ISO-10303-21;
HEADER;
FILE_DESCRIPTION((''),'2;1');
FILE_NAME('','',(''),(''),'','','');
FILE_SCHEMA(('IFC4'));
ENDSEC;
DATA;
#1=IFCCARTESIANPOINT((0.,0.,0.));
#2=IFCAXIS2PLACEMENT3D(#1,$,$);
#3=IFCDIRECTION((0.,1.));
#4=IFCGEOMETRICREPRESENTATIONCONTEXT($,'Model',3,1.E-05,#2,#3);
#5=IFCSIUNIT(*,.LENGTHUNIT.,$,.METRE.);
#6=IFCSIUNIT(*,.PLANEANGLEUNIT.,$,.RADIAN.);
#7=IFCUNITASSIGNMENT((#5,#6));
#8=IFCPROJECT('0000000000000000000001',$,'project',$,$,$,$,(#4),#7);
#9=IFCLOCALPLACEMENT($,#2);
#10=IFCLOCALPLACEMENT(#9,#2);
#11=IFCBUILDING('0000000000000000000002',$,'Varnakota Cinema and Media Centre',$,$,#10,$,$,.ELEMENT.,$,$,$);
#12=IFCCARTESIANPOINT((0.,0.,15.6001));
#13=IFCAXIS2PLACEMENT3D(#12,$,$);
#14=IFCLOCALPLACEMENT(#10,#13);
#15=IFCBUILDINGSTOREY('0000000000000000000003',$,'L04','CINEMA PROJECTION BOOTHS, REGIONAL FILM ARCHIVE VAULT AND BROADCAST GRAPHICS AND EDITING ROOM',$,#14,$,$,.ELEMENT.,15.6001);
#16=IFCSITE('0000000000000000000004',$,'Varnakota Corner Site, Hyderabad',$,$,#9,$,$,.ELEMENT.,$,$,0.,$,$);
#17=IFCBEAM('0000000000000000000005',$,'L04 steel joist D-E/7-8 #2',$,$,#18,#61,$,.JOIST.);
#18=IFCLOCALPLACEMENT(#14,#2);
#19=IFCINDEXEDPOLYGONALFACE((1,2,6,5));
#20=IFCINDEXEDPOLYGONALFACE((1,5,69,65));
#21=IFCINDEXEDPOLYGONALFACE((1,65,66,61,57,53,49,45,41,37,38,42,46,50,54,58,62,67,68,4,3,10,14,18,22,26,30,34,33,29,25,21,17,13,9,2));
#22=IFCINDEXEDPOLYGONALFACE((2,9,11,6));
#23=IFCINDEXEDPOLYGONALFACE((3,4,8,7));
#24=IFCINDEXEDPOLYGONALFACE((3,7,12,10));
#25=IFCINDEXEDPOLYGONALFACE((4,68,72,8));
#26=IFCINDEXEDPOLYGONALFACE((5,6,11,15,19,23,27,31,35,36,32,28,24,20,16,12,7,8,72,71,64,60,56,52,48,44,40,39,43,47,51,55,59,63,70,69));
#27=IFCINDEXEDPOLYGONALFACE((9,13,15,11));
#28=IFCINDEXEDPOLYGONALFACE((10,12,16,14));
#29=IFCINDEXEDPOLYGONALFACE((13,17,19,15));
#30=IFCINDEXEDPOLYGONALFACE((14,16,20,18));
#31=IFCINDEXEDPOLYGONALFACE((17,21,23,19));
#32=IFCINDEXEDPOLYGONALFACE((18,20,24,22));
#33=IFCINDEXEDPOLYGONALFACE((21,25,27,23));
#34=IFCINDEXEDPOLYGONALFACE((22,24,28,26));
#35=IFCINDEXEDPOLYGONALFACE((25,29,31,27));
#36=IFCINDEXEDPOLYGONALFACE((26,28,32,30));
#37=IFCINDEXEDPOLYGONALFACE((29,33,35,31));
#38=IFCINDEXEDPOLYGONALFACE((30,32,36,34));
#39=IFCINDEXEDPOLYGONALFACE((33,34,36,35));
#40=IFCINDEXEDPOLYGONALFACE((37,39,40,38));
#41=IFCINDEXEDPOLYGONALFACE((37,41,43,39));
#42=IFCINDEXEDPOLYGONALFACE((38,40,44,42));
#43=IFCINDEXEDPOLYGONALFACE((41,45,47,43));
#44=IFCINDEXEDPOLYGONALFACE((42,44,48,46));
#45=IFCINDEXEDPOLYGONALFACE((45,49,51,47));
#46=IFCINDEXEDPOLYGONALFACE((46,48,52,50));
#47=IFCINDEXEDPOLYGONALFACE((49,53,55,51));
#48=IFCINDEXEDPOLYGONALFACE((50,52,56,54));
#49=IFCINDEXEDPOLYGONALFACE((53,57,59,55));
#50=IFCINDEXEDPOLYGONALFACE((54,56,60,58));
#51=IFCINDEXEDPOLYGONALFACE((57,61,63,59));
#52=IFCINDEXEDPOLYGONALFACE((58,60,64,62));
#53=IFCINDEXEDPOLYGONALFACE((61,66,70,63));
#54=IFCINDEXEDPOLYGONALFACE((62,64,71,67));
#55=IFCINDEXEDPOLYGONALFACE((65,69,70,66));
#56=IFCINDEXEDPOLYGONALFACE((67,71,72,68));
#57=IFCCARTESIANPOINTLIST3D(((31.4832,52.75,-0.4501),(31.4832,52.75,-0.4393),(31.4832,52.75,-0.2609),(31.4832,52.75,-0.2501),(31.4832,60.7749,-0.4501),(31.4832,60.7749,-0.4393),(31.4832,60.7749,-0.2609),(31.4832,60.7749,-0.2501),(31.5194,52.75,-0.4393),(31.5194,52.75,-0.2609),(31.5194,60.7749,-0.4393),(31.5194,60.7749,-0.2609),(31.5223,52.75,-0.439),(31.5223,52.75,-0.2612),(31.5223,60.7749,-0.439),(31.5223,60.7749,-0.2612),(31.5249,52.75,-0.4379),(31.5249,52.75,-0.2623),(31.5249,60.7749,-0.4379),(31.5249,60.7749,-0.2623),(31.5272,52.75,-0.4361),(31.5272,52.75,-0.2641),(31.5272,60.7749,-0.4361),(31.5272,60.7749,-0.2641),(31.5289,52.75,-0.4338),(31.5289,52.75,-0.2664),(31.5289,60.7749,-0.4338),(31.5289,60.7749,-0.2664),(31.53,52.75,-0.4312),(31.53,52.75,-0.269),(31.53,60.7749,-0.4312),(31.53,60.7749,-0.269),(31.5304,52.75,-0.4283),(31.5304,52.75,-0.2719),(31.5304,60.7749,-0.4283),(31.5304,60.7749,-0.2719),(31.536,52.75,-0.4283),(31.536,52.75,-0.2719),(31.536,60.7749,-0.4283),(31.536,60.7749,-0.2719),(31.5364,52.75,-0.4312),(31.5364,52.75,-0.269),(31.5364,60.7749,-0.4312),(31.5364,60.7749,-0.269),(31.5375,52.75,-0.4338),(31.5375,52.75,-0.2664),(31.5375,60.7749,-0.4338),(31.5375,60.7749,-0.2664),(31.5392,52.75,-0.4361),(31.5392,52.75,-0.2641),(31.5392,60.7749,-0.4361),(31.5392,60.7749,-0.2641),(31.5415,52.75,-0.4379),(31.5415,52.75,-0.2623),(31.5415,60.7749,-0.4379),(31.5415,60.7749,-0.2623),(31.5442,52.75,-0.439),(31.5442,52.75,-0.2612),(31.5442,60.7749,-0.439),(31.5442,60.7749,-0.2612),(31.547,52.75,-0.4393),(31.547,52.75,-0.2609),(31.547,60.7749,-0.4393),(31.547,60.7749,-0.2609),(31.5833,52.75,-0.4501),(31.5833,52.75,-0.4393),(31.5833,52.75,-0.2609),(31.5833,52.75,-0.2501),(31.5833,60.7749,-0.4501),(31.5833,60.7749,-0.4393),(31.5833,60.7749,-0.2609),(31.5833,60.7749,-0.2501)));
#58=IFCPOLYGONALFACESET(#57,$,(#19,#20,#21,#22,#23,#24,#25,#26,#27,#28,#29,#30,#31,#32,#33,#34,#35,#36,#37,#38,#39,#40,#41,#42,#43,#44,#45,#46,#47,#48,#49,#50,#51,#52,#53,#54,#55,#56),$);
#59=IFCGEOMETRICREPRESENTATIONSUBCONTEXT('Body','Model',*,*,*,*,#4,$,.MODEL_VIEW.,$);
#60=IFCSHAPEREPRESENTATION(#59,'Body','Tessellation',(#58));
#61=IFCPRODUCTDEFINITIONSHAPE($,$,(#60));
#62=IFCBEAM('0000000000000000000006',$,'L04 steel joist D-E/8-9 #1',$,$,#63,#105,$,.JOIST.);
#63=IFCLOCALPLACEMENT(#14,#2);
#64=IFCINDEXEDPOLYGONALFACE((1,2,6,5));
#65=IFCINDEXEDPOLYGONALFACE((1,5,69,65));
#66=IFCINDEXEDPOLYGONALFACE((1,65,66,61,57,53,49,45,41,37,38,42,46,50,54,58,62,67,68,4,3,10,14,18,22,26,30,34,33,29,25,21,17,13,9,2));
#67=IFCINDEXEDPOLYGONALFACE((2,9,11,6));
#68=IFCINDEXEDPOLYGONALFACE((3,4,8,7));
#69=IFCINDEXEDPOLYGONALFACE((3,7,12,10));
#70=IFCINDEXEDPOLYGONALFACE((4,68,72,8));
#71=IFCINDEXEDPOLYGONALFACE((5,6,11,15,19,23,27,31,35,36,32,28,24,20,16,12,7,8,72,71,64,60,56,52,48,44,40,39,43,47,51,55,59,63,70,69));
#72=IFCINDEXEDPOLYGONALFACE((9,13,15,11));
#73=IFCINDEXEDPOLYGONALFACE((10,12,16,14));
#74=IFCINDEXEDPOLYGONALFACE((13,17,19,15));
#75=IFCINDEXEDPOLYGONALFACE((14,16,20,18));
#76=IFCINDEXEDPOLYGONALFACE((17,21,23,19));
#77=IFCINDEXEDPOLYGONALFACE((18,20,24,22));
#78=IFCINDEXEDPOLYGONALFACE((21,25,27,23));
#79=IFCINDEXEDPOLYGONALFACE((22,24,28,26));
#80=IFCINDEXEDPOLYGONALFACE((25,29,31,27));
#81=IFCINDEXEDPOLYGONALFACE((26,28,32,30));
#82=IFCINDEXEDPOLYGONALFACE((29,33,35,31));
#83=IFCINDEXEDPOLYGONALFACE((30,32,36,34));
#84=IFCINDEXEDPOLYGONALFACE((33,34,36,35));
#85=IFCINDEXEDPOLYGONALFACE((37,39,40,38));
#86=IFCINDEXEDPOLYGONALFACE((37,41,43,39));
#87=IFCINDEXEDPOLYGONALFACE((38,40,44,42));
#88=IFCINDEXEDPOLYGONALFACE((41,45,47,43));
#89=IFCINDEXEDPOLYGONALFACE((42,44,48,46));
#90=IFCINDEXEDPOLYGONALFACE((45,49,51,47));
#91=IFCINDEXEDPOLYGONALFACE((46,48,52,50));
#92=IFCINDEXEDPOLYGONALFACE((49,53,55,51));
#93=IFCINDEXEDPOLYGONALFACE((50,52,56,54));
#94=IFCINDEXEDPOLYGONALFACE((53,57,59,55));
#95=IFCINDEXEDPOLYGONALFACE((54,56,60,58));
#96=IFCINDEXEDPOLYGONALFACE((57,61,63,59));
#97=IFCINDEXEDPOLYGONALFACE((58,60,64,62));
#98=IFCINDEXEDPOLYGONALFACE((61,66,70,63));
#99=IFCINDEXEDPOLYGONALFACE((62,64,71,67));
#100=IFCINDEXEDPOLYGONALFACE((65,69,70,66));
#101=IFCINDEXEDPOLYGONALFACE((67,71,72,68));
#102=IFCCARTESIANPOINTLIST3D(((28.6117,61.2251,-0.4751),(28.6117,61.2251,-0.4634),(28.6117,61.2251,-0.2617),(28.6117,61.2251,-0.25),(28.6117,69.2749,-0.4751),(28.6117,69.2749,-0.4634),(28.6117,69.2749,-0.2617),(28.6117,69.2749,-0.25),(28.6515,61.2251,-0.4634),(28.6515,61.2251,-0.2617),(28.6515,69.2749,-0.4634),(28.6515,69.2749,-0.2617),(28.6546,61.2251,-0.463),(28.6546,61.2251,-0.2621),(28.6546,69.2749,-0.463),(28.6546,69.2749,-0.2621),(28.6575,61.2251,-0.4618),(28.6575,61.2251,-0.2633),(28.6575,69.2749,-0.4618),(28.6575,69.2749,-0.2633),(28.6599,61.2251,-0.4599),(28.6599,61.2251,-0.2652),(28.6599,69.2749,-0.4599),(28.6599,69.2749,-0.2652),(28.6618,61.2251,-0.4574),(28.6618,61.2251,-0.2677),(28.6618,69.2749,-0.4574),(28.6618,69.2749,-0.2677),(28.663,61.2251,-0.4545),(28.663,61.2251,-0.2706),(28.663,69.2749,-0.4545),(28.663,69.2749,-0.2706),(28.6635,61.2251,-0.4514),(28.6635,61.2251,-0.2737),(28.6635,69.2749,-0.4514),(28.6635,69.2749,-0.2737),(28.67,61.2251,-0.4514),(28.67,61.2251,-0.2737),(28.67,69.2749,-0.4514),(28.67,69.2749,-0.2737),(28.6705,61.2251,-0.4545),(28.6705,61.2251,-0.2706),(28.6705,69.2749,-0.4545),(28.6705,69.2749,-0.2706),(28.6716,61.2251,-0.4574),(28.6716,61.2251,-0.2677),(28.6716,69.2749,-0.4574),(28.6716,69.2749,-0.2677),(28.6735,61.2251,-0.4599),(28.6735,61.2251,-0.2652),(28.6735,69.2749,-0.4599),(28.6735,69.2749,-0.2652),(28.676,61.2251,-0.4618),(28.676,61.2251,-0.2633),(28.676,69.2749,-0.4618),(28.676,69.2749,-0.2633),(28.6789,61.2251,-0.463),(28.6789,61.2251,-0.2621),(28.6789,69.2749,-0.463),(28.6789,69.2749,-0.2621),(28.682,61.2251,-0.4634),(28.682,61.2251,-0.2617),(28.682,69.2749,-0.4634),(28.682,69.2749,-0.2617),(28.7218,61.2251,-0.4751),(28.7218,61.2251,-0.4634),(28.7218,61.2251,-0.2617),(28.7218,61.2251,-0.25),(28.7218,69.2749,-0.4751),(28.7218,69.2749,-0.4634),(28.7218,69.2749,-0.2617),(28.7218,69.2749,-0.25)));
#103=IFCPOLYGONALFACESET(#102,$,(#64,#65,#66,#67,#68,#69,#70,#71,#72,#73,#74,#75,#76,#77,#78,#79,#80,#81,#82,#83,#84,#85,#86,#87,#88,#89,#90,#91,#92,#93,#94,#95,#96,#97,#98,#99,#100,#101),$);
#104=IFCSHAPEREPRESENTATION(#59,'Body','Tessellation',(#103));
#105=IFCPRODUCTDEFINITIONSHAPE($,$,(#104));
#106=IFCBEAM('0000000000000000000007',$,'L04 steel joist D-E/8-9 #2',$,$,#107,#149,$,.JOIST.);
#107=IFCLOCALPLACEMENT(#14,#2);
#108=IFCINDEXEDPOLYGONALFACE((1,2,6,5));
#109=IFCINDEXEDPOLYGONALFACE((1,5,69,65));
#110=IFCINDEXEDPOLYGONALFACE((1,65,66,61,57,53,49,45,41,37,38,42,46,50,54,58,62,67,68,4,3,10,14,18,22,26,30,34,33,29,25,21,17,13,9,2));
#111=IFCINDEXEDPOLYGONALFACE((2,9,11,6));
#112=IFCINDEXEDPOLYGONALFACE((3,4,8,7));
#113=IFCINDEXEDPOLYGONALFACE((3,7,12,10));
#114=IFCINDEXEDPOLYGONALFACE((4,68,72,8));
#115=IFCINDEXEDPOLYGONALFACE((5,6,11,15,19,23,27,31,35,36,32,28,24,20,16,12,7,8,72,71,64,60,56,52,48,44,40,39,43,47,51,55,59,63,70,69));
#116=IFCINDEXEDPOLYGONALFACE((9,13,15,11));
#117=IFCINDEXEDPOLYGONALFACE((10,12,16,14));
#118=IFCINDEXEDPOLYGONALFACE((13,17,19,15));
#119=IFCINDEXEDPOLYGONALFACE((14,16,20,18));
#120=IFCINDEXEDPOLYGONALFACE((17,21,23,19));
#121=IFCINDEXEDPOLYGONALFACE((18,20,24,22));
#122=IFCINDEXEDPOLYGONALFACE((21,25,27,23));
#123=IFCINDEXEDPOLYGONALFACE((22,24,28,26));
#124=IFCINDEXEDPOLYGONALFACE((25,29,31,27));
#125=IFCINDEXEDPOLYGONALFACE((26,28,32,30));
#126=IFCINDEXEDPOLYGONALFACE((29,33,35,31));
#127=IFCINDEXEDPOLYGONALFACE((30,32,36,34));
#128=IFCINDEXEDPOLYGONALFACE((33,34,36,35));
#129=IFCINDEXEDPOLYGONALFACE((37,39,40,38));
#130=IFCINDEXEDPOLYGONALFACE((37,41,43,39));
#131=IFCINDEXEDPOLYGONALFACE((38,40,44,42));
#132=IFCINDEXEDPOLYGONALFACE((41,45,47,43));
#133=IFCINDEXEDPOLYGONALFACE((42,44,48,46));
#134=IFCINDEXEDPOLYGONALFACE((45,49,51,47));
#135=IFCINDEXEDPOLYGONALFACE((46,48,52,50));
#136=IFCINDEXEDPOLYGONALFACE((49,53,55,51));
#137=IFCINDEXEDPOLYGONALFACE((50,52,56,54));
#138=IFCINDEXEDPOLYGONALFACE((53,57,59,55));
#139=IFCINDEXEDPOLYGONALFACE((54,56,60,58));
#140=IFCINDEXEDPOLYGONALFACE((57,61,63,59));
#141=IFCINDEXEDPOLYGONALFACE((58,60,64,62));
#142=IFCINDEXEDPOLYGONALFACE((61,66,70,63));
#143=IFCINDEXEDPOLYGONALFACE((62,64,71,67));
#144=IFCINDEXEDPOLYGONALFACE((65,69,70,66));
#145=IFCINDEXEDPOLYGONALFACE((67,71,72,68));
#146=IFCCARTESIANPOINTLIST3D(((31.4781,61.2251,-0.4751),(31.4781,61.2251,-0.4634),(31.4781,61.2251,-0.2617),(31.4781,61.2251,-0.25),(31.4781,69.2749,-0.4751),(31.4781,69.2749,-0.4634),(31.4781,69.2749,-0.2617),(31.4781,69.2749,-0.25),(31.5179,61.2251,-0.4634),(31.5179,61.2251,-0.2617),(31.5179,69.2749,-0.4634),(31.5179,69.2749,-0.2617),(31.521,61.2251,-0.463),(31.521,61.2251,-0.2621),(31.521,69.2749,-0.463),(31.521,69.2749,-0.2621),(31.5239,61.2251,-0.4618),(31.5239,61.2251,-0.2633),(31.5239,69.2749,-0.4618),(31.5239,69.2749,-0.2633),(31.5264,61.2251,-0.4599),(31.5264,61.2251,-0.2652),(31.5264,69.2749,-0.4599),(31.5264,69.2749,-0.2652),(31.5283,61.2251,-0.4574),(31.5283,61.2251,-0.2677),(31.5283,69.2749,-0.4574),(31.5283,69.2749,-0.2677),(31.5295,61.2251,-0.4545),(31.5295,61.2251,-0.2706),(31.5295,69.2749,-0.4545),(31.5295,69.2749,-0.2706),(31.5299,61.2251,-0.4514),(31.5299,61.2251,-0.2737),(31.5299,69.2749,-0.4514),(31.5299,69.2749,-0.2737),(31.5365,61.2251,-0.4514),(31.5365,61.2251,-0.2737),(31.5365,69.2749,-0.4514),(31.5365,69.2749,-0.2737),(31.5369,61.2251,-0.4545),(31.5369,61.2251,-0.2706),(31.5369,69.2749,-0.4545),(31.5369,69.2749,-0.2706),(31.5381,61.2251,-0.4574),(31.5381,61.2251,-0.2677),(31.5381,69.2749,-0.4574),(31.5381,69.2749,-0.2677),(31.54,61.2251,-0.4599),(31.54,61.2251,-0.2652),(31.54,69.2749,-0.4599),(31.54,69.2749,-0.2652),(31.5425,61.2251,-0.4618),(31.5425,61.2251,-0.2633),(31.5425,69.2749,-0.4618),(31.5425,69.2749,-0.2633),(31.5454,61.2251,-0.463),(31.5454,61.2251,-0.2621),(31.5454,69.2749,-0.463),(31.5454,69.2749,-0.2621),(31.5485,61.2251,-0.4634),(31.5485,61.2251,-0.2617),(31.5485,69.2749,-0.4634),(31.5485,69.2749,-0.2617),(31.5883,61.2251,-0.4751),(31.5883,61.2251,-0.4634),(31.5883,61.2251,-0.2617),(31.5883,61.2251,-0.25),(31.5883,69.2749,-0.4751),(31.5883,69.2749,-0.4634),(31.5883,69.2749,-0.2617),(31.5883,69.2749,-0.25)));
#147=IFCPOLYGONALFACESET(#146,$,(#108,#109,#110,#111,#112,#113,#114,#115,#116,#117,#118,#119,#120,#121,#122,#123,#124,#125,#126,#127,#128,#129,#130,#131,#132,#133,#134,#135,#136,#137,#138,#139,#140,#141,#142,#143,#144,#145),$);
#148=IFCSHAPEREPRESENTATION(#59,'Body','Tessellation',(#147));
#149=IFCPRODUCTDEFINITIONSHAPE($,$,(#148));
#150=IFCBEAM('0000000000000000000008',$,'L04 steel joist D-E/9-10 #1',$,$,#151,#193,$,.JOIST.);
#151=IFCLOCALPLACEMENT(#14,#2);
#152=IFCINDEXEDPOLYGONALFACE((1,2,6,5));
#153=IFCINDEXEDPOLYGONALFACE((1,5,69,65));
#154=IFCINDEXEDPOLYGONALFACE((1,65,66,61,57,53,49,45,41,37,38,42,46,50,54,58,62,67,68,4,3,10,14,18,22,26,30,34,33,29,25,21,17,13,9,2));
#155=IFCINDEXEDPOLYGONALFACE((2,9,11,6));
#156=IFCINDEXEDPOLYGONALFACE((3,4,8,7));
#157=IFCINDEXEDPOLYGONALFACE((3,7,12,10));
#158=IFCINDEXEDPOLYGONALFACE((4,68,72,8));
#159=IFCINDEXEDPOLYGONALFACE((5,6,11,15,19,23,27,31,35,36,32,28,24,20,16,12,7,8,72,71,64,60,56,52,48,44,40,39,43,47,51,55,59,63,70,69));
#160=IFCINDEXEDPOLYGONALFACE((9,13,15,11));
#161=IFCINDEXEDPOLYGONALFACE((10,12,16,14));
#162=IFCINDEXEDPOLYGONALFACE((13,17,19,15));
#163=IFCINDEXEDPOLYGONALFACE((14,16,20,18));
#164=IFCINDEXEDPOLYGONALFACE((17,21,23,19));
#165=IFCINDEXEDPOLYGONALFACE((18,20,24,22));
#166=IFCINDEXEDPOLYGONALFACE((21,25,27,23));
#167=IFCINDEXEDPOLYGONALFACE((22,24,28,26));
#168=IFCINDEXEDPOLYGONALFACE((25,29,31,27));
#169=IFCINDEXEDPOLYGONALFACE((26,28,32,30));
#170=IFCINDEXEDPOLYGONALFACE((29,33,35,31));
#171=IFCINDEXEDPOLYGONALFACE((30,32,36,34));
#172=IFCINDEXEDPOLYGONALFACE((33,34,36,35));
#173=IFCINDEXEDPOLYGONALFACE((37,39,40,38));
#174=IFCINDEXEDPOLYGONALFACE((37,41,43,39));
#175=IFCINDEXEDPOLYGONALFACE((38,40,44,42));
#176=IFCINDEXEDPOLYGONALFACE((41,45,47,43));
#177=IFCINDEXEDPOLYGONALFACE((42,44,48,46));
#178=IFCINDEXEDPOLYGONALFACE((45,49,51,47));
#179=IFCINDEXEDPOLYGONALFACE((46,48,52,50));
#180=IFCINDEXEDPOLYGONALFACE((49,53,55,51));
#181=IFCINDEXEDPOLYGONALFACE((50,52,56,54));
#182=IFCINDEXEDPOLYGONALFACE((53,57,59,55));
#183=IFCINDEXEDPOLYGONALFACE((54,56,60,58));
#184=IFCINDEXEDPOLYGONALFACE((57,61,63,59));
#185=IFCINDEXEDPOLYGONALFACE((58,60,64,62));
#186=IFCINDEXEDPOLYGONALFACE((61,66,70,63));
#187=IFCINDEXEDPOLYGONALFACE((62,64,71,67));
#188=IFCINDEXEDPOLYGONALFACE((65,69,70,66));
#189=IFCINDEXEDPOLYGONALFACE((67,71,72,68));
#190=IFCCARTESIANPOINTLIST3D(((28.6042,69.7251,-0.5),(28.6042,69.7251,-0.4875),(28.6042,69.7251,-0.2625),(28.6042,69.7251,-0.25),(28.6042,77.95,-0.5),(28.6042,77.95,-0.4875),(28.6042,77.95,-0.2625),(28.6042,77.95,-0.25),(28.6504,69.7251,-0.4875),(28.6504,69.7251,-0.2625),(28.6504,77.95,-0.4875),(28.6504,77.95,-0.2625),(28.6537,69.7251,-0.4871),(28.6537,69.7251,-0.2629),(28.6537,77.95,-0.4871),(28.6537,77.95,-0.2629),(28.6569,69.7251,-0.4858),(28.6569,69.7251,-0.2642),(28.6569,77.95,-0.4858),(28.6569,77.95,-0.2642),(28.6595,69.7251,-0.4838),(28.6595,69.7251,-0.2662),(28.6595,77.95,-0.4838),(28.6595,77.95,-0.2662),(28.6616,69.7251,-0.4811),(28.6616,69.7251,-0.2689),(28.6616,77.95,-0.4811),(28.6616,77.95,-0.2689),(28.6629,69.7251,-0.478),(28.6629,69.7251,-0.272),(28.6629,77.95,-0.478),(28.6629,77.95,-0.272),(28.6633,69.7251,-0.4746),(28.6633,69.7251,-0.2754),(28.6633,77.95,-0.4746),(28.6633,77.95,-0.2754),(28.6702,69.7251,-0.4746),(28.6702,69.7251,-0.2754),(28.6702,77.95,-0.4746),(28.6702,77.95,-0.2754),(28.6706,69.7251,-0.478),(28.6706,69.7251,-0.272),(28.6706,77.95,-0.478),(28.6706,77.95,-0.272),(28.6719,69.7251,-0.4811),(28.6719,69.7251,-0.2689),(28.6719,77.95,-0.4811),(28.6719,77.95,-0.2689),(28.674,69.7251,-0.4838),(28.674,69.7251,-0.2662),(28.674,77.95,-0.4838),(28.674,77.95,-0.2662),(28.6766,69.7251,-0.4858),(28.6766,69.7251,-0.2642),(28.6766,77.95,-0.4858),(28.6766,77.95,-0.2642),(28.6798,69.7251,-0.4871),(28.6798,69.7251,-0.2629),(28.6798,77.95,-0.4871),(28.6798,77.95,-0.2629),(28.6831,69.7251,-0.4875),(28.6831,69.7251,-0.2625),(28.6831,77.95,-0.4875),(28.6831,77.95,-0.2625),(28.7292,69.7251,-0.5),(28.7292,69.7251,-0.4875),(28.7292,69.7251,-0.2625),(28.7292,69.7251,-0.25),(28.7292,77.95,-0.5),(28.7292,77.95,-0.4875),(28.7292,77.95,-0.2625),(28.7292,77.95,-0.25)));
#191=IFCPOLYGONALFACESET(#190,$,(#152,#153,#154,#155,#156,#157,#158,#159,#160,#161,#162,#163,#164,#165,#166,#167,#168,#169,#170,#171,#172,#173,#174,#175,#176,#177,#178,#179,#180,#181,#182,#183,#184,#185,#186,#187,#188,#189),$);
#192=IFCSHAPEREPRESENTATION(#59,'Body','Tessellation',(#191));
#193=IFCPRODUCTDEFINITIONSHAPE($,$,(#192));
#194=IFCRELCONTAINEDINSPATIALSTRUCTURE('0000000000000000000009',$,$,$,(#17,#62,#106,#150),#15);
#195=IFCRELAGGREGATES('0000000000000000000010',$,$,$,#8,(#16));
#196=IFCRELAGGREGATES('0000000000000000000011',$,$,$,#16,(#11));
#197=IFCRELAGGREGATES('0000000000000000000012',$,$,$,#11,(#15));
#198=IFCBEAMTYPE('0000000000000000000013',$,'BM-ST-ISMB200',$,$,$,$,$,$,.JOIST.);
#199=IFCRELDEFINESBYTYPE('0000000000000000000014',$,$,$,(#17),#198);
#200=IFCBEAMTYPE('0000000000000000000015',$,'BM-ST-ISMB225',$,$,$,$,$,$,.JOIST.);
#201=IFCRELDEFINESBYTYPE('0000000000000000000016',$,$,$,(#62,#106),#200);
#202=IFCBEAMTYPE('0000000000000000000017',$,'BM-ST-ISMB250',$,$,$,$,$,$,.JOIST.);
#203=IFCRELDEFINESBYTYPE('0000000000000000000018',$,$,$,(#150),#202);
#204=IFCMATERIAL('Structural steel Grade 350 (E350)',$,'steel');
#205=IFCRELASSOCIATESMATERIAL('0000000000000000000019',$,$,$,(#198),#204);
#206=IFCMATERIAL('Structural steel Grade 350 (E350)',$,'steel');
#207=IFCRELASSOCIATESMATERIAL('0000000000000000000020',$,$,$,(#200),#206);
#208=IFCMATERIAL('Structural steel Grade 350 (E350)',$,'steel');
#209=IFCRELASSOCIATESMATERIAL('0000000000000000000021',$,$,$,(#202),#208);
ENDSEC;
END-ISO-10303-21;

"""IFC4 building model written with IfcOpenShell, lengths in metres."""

from ifc_helpers import new_model, si_unit, direction, frame, origin, origin_2d, place, context, subcontext, project, spatial, i_section, extrude, material, material_profile, profile_set, type_object, element, save


model = new_model("IFC4")

# Units and contexts
model_context = context("Model", 3, precision=1e-05, world=origin(), true_north=direction((0.0, 1.0)))
body_context = subcontext(model_context, "Body", "Model", "MODEL_VIEW")
ifc_project = project(units=[si_unit("LENGTHUNIT", "METRE"), si_unit("PLANEANGLEUNIT", "RADIAN")], contexts=[model_context])

# Site, building, storey
site_placement = place(None, origin())
site = spatial("IfcSite", under=ifc_project, at=site_placement, Name="Varnakota Corner Site, Hyderabad", CompositionType="ELEMENT", RefElevation=0.0)
building_placement = place(site_placement, origin())
building = spatial("IfcBuilding", under=site, at=building_placement, Name="Varnakota Cinema and Media Centre", CompositionType="ELEMENT")
storey_placement = place(building_placement, frame((0.0, 0.0, 15.6001)))
storey = spatial("IfcBuildingStorey", under=building, at=storey_placement, Name="L04", Description="CINEMA PROJECTION BOOTHS, REGIONAL FILM ARCHIVE VAULT AND BROADCAST GRAPHICS AND EDITING ROOM", CompositionType="ELEMENT", Elevation=15.6001)

# Beams
ifc_material_1 = material(Name="Structural steel Grade 350 (E350)", Category="steel")
ifc_material_profile_1 = material_profile(ifc_material_1, i_section(OverallWidth=0.1001, OverallDepth=0.2, WebThickness=0.0056, FlangeThickness=0.0107, FilletRadius=0.011, at=origin_2d()), Name="ISMB 200")
ifc_profile_set_1 = profile_set([ifc_material_profile_1], Name="Structural steel Grade 350 (E350)")
beam_type_1 = type_object("IfcBeamType", Name="BM-ST-ISMB200", PredefinedType="JOIST", material=ifc_profile_set_1)
for number, where, z_axis, x_axis, name in (
    (1, (31.5332, 52.75, -0.3501), (0.0, 1.0, 0.0), (-1.0, 0.0, 0.0), "L04 steel joist D-E/7-8 #2"),
):
    element("IfcBeam", number, at=place(storey_placement, frame(where, z_axis=z_axis, x_axis=x_axis)), inside=storey, type_object=beam_type_1, Name=name, PredefinedType="JOIST", context=body_context, shape_type="SweptSolid", body=[
        extrude(i_section(OverallWidth=0.1001, OverallDepth=0.2, WebThickness=0.0056, FlangeThickness=0.0107, FilletRadius=0.011, at=origin_2d()), origin(), (0.0, 0.0, 1.0), 8.0249),
    ])
ifc_material_2 = material(Name="Structural steel Grade 350 (E350)", Category="steel")
ifc_material_profile_2 = material_profile(ifc_material_2, i_section(OverallWidth=0.1101, OverallDepth=0.2251, WebThickness=0.0066, FlangeThickness=0.0117, FilletRadius=0.012, at=origin_2d()), Name="ISMB 225")
ifc_profile_set_2 = profile_set([ifc_material_profile_2], Name="Structural steel Grade 350 (E350)")
beam_type_2 = type_object("IfcBeamType", Name="BM-ST-ISMB225", PredefinedType="JOIST", material=ifc_profile_set_2)
for number, where, z_axis, x_axis, name in (
    (2, (28.6667, 61.2251, -0.3625), (0.0, 1.0, 0.0), (-1.0, 0.0, 0.0), "L04 steel joist D-E/8-9 #1"),
    (3, (31.5332, 61.2251, -0.3625), (0.0, 1.0, 0.0), (-1.0, 0.0, 0.0), "L04 steel joist D-E/8-9 #2"),
):
    element("IfcBeam", number, at=place(storey_placement, frame(where, z_axis=z_axis, x_axis=x_axis)), inside=storey, type_object=beam_type_2, Name=name, PredefinedType="JOIST", context=body_context, shape_type="SweptSolid", body=[
        extrude(i_section(OverallWidth=0.1101, OverallDepth=0.2251, WebThickness=0.0066, FlangeThickness=0.0117, FilletRadius=0.012, at=origin_2d()), origin(), (0.0, 0.0, 1.0), 8.0498),
    ])
ifc_material_3 = material(Name="Structural steel Grade 350 (E350)", Category="steel")
ifc_material_profile_3 = material_profile(ifc_material_3, i_section(OverallWidth=0.125, OverallDepth=0.25, WebThickness=0.0068, FlangeThickness=0.0125, FilletRadius=0.0129, at=origin_2d()), Name="ISMB 250")
ifc_profile_set_3 = profile_set([ifc_material_profile_3], Name="Structural steel Grade 350 (E350)")
beam_type_3 = type_object("IfcBeamType", Name="BM-ST-ISMB250", PredefinedType="JOIST", material=ifc_profile_set_3)
for number, where, z_axis, x_axis, name in (
    (4, (28.6667, 69.7251, -0.375), (0.0, 1.0, 0.0), (-1.0, 0.0, 0.0), "L04 steel joist D-E/9-10 #1"),
):
    element("IfcBeam", number, at=place(storey_placement, frame(where, z_axis=z_axis, x_axis=x_axis)), inside=storey, type_object=beam_type_3, Name=name, PredefinedType="JOIST", context=body_context, shape_type="SweptSolid", body=[
        extrude(i_section(OverallWidth=0.125, OverallDepth=0.25, WebThickness=0.0068, FlangeThickness=0.0125, FilletRadius=0.0129, at=origin_2d()), origin(), (0.0, 0.0, 1.0), 8.2249),
    ])

save(model, "model.ifc")
